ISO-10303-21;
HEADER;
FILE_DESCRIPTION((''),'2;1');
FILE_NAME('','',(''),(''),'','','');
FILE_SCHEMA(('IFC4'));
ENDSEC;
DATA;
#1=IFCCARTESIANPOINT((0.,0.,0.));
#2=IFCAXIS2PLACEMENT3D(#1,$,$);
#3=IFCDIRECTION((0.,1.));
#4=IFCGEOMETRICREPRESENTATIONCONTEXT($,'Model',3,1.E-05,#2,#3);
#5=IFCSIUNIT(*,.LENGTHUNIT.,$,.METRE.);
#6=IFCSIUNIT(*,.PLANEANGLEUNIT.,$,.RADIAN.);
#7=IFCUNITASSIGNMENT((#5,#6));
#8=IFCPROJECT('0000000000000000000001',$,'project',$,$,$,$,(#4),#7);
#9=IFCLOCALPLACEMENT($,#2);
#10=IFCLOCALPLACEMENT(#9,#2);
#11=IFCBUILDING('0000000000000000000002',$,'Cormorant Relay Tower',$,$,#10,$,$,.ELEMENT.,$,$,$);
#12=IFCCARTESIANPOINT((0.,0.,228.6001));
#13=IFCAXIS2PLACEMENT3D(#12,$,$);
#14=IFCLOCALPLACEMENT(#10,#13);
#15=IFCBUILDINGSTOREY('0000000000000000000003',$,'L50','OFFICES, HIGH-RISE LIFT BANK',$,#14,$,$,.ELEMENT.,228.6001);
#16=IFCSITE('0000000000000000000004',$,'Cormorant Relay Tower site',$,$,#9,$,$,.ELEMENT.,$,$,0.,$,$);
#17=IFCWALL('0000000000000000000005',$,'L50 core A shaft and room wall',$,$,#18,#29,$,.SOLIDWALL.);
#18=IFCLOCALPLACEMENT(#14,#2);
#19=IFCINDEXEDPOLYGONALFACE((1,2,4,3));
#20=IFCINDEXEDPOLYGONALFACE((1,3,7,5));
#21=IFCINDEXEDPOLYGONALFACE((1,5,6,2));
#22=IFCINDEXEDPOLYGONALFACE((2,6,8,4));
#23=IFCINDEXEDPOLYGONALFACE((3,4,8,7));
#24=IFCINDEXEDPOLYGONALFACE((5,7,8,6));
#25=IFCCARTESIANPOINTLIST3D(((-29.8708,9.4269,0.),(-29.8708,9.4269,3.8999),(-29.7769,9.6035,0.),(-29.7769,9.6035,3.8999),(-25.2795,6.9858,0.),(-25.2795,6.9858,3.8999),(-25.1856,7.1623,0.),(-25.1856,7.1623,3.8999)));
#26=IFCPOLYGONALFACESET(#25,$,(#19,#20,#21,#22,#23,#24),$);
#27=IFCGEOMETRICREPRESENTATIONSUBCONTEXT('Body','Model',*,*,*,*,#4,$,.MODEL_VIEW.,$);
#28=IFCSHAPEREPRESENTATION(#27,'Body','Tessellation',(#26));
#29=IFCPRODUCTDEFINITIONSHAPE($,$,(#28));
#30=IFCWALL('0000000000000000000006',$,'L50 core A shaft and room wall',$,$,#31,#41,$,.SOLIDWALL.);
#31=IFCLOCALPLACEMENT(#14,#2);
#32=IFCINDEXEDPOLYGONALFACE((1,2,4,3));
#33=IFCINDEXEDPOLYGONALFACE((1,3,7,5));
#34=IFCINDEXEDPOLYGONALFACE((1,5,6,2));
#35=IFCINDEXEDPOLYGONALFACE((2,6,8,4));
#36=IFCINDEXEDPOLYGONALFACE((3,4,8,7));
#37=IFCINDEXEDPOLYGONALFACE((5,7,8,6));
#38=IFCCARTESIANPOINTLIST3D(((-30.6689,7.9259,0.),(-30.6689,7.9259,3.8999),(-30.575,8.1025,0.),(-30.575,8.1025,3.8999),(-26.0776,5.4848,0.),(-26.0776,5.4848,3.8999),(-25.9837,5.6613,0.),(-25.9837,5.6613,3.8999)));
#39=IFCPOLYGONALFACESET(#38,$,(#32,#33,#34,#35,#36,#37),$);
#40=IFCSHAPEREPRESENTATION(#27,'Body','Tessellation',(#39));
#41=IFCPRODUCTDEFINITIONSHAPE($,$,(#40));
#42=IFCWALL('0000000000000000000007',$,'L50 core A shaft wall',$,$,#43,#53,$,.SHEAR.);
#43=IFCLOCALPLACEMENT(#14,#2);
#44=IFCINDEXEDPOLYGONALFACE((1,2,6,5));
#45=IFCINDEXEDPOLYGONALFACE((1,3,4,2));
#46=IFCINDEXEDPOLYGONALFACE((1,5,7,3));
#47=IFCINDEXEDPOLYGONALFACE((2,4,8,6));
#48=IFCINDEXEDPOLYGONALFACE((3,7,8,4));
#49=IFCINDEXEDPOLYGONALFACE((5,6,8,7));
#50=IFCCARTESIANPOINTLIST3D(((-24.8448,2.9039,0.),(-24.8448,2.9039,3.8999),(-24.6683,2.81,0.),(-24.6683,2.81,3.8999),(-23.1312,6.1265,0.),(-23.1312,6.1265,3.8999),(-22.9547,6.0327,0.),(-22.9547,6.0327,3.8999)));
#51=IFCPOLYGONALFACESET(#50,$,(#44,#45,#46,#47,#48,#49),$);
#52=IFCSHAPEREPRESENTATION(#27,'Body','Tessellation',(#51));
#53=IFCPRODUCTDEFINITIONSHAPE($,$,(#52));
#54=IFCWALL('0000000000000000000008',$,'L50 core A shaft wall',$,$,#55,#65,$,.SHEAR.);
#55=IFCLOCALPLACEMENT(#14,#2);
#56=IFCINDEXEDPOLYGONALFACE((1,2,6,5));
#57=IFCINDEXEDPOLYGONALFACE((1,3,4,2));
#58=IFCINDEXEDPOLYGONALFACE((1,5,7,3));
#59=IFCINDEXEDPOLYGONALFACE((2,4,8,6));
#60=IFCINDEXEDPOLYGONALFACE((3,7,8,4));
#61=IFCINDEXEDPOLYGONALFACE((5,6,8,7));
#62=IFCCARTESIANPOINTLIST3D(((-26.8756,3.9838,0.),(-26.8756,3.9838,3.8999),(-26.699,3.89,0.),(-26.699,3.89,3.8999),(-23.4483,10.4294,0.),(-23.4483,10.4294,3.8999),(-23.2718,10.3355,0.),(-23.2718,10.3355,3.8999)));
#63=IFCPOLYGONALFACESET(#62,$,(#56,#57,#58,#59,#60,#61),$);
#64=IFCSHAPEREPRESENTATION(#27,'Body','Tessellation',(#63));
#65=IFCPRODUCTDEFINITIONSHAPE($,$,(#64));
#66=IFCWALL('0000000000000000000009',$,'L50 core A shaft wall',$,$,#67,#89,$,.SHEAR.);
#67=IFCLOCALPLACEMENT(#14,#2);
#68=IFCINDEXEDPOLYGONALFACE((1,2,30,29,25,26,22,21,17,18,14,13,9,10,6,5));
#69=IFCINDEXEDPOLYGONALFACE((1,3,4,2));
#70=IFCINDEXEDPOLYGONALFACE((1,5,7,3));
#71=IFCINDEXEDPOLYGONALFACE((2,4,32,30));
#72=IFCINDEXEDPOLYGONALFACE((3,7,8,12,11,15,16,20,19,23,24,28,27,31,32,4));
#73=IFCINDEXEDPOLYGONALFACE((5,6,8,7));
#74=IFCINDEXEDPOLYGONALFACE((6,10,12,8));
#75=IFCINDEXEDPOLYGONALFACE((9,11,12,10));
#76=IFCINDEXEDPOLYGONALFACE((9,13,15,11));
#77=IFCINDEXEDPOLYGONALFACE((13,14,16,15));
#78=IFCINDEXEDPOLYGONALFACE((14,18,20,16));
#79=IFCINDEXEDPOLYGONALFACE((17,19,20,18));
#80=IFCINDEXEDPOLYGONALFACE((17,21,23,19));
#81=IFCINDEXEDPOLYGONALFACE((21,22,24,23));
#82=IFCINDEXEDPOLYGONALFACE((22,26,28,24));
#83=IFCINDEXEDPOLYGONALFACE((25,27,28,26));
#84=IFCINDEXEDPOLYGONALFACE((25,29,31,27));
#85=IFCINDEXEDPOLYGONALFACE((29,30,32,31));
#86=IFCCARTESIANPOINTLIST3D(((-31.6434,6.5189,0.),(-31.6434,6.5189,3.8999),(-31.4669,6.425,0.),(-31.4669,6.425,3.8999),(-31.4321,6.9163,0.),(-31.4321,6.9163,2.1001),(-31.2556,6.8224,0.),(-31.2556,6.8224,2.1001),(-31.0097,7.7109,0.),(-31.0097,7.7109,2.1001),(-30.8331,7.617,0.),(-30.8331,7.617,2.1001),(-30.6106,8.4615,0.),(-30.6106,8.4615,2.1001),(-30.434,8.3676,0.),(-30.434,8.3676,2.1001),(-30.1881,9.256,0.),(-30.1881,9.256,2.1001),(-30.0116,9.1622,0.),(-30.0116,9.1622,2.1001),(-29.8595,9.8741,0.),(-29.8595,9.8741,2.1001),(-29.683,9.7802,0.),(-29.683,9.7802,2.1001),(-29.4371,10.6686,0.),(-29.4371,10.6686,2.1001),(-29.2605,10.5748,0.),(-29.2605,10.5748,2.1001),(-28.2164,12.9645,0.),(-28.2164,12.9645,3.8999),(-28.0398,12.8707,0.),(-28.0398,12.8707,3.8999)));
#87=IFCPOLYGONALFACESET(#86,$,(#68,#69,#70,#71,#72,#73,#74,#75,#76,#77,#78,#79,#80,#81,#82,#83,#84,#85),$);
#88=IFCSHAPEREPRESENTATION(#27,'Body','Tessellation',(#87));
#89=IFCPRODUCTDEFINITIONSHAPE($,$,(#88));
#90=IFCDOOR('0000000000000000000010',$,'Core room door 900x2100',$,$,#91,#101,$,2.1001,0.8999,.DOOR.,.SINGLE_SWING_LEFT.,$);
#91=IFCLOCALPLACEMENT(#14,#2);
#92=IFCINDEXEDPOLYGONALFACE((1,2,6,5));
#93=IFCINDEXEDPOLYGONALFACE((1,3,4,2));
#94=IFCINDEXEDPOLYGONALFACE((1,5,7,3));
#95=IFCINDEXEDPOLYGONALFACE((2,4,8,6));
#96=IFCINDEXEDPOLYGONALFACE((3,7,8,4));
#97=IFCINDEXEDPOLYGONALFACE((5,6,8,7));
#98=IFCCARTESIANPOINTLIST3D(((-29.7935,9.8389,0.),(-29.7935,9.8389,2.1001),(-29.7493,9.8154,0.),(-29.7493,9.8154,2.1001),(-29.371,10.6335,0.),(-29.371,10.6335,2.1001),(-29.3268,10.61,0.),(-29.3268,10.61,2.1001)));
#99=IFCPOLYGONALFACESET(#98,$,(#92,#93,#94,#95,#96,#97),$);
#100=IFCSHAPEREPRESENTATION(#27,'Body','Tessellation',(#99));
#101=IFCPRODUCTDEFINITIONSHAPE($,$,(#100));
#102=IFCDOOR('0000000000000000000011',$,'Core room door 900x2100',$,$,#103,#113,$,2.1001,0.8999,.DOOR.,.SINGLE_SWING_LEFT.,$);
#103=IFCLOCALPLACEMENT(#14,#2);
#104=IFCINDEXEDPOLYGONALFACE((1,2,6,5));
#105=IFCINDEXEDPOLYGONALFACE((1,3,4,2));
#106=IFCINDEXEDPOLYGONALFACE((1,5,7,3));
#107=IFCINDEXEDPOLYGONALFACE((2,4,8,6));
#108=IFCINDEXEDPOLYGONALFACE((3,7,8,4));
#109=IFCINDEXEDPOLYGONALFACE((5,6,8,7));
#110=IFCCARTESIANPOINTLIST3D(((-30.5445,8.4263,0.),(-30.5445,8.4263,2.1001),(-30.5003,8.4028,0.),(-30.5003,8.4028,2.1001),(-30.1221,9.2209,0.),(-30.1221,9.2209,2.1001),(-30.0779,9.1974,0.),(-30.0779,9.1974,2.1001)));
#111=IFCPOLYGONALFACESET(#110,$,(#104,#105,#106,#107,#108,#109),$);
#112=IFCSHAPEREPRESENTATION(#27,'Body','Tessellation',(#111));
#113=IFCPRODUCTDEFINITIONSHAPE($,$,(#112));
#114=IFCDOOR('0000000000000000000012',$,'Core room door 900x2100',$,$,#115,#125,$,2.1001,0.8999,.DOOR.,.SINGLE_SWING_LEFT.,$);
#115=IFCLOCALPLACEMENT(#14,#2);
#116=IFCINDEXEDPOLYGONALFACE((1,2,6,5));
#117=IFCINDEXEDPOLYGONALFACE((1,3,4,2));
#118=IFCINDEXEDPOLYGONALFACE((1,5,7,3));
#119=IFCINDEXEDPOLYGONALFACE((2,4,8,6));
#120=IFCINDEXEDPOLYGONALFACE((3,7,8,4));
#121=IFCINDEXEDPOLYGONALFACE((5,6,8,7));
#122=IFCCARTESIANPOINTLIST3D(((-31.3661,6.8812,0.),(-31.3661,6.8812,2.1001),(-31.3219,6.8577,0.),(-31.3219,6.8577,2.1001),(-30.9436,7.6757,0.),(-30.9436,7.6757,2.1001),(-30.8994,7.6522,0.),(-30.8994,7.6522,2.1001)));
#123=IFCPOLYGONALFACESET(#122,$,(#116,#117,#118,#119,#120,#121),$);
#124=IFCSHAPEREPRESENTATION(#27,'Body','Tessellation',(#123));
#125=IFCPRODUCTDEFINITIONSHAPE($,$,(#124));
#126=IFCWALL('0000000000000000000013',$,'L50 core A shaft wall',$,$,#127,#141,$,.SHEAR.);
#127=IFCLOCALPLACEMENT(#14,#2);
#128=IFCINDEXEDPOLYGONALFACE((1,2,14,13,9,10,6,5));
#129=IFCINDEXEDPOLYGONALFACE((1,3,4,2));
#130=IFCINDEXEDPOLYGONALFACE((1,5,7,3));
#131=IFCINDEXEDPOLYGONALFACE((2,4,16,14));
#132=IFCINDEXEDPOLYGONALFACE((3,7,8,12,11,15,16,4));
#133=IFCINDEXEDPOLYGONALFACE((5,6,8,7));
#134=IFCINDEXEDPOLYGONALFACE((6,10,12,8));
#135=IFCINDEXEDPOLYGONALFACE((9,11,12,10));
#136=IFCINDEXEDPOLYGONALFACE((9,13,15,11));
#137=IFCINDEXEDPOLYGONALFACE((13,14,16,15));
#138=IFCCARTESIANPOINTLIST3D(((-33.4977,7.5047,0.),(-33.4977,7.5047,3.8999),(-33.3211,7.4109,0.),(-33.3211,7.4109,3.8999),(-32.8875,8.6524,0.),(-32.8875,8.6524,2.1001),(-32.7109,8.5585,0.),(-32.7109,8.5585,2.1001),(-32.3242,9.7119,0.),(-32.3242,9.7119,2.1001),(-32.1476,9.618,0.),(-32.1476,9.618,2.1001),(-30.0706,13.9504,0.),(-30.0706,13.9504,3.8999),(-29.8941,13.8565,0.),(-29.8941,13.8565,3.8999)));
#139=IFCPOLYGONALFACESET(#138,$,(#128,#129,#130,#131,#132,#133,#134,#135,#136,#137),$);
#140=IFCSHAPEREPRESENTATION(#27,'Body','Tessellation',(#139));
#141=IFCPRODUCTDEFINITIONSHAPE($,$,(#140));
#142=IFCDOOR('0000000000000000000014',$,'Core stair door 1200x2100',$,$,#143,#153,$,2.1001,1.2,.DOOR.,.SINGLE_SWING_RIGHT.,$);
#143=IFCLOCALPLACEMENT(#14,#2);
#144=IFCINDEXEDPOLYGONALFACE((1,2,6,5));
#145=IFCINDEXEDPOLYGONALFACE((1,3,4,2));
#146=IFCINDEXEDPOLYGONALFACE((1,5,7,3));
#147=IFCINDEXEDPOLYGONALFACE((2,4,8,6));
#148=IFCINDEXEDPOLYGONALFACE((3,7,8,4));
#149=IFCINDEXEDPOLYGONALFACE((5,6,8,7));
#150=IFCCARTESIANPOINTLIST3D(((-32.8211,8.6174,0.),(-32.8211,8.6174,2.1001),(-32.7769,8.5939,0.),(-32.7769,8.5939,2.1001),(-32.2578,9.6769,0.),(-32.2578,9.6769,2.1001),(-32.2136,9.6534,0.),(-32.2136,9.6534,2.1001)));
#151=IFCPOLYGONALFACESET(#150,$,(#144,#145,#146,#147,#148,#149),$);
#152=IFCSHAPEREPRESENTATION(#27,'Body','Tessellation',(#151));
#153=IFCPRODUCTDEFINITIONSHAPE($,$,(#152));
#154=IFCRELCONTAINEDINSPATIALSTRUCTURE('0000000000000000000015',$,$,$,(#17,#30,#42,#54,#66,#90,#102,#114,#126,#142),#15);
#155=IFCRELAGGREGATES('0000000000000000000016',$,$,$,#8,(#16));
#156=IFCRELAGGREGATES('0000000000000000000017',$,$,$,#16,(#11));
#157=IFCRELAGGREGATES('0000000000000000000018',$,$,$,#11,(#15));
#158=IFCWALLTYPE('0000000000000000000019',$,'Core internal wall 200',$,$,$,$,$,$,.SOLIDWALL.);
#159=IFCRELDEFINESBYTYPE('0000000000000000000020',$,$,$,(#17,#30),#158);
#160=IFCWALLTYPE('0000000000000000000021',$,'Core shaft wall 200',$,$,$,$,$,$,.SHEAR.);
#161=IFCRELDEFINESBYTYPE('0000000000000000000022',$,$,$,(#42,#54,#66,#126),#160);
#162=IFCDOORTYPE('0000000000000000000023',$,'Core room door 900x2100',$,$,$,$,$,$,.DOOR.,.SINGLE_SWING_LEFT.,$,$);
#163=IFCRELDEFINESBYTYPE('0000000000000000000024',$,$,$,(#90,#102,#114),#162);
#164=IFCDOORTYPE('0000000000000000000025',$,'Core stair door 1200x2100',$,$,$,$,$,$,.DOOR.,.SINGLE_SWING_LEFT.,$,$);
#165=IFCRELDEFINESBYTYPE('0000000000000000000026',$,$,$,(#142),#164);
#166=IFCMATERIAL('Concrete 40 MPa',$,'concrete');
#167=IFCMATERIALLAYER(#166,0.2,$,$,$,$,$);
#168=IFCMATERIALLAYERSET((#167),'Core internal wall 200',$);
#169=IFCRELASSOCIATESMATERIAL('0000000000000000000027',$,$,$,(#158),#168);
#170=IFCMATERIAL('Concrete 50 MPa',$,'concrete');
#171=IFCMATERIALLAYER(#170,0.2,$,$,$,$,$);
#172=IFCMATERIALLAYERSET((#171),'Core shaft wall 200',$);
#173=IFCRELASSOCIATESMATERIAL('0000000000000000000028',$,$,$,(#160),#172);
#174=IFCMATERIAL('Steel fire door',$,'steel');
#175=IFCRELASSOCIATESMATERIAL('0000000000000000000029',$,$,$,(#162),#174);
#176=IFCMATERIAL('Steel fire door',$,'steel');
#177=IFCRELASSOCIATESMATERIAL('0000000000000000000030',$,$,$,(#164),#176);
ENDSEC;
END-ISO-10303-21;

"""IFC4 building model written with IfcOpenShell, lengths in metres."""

from ifc_helpers import new_model, si_unit, direction, frame, frame_2d, origin, place, context, subcontext, project, spatial, rectangle, extrude, material, layer, layer_set, type_object, element, fill, save


model = new_model("IFC4")

# Units and contexts
model_context = context("Model", 3, precision=1e-05, world=origin(), true_north=direction((0.0, 1.0)))
body_context = subcontext(model_context, "Body", "Model", "MODEL_VIEW")
ifc_project = project(units=[si_unit("LENGTHUNIT", "METRE"), si_unit("PLANEANGLEUNIT", "RADIAN")], contexts=[model_context])

# Site, building, storey
site_placement = place(None, origin())
site = spatial("IfcSite", under=ifc_project, at=site_placement, Name="Cormorant Relay Tower site", CompositionType="ELEMENT", RefElevation=0.0)
building_placement = place(site_placement, origin())
building = spatial("IfcBuilding", under=site, at=building_placement, Name="Cormorant Relay Tower", CompositionType="ELEMENT")
storey_placement = place(building_placement, frame((0.0, 0.0, 228.6001)))
storey = spatial("IfcBuildingStorey", under=building, at=storey_placement, Name="L50", Description="OFFICES, HIGH-RISE LIFT BANK", CompositionType="ELEMENT", Elevation=228.6001)

# Walls
ifc_material_1 = material(Name="Concrete 40 MPa", Category="concrete")
ifc_layer_1 = layer(ifc_material_1, 0.2)
ifc_layer_set_1 = layer_set([ifc_layer_1], Name="Core internal wall 200")
wall_type_1 = type_object("IfcWallType", Name="Core internal wall 200", PredefinedType="SOLIDWALL", material=ifc_layer_set_1)
for number, where, z_axis, x_axis, name in (
    (1, (-25.2324, 7.074, 0.0), (0.0, 0.0, 1.0), (-0.882954, 0.46946, 0.0), "L50 core A shaft and room wall"),
    (2, (-26.0305, 5.573, 0.0), (0.0, 0.0, 1.0), (-0.882954, 0.46946, 0.0), "L50 core A shaft and room wall"),
):
    element("IfcWall", number, at=place(storey_placement, frame(where, z_axis=z_axis, x_axis=x_axis)), inside=storey, type_object=wall_type_1, Name=name, PredefinedType="SOLIDWALL", context=body_context, shape_type="SweptSolid", body=[
        extrude(rectangle(XDim=5.2, YDim=0.2, at=frame_2d((2.6001, 0.0))), origin(), (0.0, 0.0, 1.0), 3.8999),
    ])
ifc_material_2 = material(Name="Concrete 50 MPa", Category="concrete")
ifc_layer_2 = layer(ifc_material_2, 0.2)
ifc_layer_set_2 = layer_set([ifc_layer_2], Name="Core shaft wall 200")
wall_type_2 = type_object("IfcWallType", Name="Core shaft wall 200", PredefinedType="SHEAR", material=ifc_layer_set_2)
wall_1_placement = place(storey_placement, frame((-23.043, 6.0796, 0.0), z_axis=(0.0, 0.0, 1.0), x_axis=(-0.469494, -0.882936, 0.0)))
element("IfcWall", 3, at=wall_1_placement, inside=storey, type_object=wall_type_2, Name="L50 core A shaft wall", PredefinedType="SHEAR", context=body_context, shape_type="SweptSolid", body=[
    extrude(rectangle(XDim=3.6499, YDim=0.2, at=frame_2d((1.825, 0.0))), origin(), (0.0, 0.0, 1.0), 3.8999),
])
wall_2_placement = place(storey_placement, frame((-23.3601, 10.3823, 0.0), z_axis=(0.0, 0.0, 1.0), x_axis=(-0.46948, -0.882943, 0.0)))
element("IfcWall", 4, at=wall_2_placement, inside=storey, type_object=wall_type_2, Name="L50 core A shaft wall", PredefinedType="SHEAR", context=body_context, shape_type="SweptSolid", body=[
    extrude(rectangle(XDim=7.3, YDim=0.2, at=frame_2d((3.6499, 0.0))), origin(), (0.0, 0.0, 1.0), 3.8999),
])

# Wall, openings, doors
wall_3_placement = place(storey_placement, frame((-28.1282, 12.9175, 0.0), z_axis=(0.0, 0.0, 1.0), x_axis=(-0.469454, -0.882957, 0.0)))
wall_3 = element("IfcWall", 5, at=wall_3_placement, inside=storey, type_object=wall_type_2, Name="L50 core A shaft wall", PredefinedType="SHEAR", context=body_context, shape_type="SweptSolid", body=[
    extrude(rectangle(XDim=7.3, YDim=0.2, at=frame_2d((3.6499, 0.0))), origin(), (0.0, 0.0, 1.0), 3.8999),
])
opening_1_placement = place(wall_3_placement, frame((2.6001, 0.0, 0.0)))
opening_1 = element("IfcOpeningElement", 6, at=opening_1_placement, cuts=wall_3, PredefinedType="OPENING", context=body_context, shape_type="SweptSolid", body=[
    extrude(rectangle(XDim=0.8999, YDim=2.1001, at=frame_2d((0.45, 1.05))), frame((0.0, 0.1099, 0.0), z_axis=(0.0, -1.0, 0.0), x_axis=(1.0, 0.0, 0.0)), (0.0, 0.0, 1.0), 0.22),
])
opening_2_placement = place(wall_3_placement, frame((4.2, 0.0, 0.0)))
opening_2 = element("IfcOpeningElement", 7, at=opening_2_placement, cuts=wall_3, PredefinedType="OPENING", context=body_context, shape_type="SweptSolid", body=[
    extrude(rectangle(XDim=0.8999, YDim=2.1001, at=frame_2d((0.45, 1.05))), frame((0.0, 0.1099, 0.0), z_axis=(0.0, -1.0, 0.0), x_axis=(1.0, 0.0, 0.0)), (0.0, 0.0, 1.0), 0.22),
])
opening_3_placement = place(wall_3_placement, frame((5.95, 0.0, 0.0)))
opening_3 = element("IfcOpeningElement", 8, at=opening_3_placement, cuts=wall_3, PredefinedType="OPENING", context=body_context, shape_type="SweptSolid", body=[
    extrude(rectangle(XDim=0.8999, YDim=2.1001, at=frame_2d((0.45, 1.05))), frame((0.0, 0.1099, 0.0), z_axis=(0.0, -1.0, 0.0), x_axis=(1.0, 0.0, 0.0)), (0.0, 0.0, 1.0), 0.22),
])
ifc_material_3 = material(Name="Steel fire door", Category="steel")
door_type_1 = type_object("IfcDoorType", Name="Core room door 900x2100", OperationType="SINGLE_SWING_LEFT", PredefinedType="DOOR", material=ifc_material_3)
door_1_placement = place(opening_1_placement, origin())
door_1 = element("IfcDoor", 9, at=door_1_placement, inside=storey, type_object=door_type_1, Name="Core room door 900x2100", OperationType="SINGLE_SWING_LEFT", OverallHeight=2.1001, OverallWidth=0.8999, PredefinedType="DOOR", context=body_context, shape_type="SweptSolid", body=[
    extrude(rectangle(XDim=0.8999, YDim=2.1001, at=frame_2d((0.45, 1.05))), frame((0.0, 0.0249, 0.0), z_axis=(0.0, -1.0, 0.0), x_axis=(1.0, 0.0, 0.0)), (0.0, 0.0, 1.0), 0.05),
])
fill(opening_1, door_1)
door_2_placement = place(opening_2_placement, origin())
door_2 = element("IfcDoor", 10, at=door_2_placement, inside=storey, type_object=door_type_1, Name="Core room door 900x2100", OperationType="SINGLE_SWING_LEFT", OverallHeight=2.1001, OverallWidth=0.8999, PredefinedType="DOOR", context=body_context, shape_type="SweptSolid", body=[
    extrude(rectangle(XDim=0.8999, YDim=2.1001, at=frame_2d((0.45, 1.05))), frame((0.0, 0.0249, 0.0), z_axis=(0.0, -1.0, 0.0), x_axis=(1.0, 0.0, 0.0)), (0.0, 0.0, 1.0), 0.05),
])
fill(opening_2, door_2)
door_3_placement = place(opening_3_placement, origin())
door_3 = element("IfcDoor", 11, at=door_3_placement, inside=storey, type_object=door_type_1, Name="Core room door 900x2100", OperationType="SINGLE_SWING_LEFT", OverallHeight=2.1001, OverallWidth=0.8999, PredefinedType="DOOR", context=body_context, shape_type="SweptSolid", body=[
    extrude(rectangle(XDim=0.8999, YDim=2.1001, at=frame_2d((0.45, 1.05))), frame((0.0, 0.0249, 0.0), z_axis=(0.0, -1.0, 0.0), x_axis=(1.0, 0.0, 0.0)), (0.0, 0.0, 1.0), 0.05),
])
fill(opening_3, door_3)

# Wall, opening, door
wall_4_placement = place(storey_placement, frame((-29.9824, 13.9033, 0.0), z_axis=(0.0, 0.0, 1.0), x_axis=(-0.469454, -0.882957, 0.0)))
wall_4 = element("IfcWall", 12, at=wall_4_placement, inside=storey, type_object=wall_type_2, Name="L50 core A shaft wall", PredefinedType="SHEAR", context=body_context, shape_type="SweptSolid", body=[
    extrude(rectangle(XDim=7.3, YDim=0.2, at=frame_2d((3.6499, 0.0))), origin(), (0.0, 0.0, 1.0), 3.8999),
])
opening_4_placement = place(wall_4_placement, frame((4.8, 0.0, 0.0)))
opening_4 = element("IfcOpeningElement", 13, at=opening_4_placement, cuts=wall_4, PredefinedType="OPENING", context=body_context, shape_type="SweptSolid", body=[
    extrude(rectangle(XDim=1.2, YDim=2.1001, at=frame_2d((0.6001, 1.05))), frame((0.0, 0.1099, 0.0), z_axis=(0.0, -1.0, 0.0), x_axis=(1.0, 0.0, 0.0)), (0.0, 0.0, 1.0), 0.22),
])
ifc_material_4 = material(Name="Steel fire door", Category="steel")
door_type_2 = type_object("IfcDoorType", Name="Core stair door 1200x2100", OperationType="SINGLE_SWING_LEFT", PredefinedType="DOOR", material=ifc_material_4)
door_4_placement = place(opening_4_placement, frame((1.2, 0.0, 0.0), z_axis=(0.0, 0.0, 1.0), x_axis=(-1.0, 0.0, 0.0)))
door_4 = element("IfcDoor", 14, at=door_4_placement, inside=storey, type_object=door_type_2, Name="Core stair door 1200x2100", OperationType="SINGLE_SWING_RIGHT", OverallHeight=2.1001, OverallWidth=1.2, PredefinedType="DOOR", context=body_context, shape_type="SweptSolid", body=[
    extrude(rectangle(XDim=1.2, YDim=2.1001, at=frame_2d((0.6001, 1.05))), frame((0.0, 0.0249, 0.0), z_axis=(0.0, -1.0, 0.0), x_axis=(1.0, 0.0, 0.0)), (0.0, 0.0, 1.0), 0.05),
])
fill(opening_4, door_4)

save(model, "model.ifc")
